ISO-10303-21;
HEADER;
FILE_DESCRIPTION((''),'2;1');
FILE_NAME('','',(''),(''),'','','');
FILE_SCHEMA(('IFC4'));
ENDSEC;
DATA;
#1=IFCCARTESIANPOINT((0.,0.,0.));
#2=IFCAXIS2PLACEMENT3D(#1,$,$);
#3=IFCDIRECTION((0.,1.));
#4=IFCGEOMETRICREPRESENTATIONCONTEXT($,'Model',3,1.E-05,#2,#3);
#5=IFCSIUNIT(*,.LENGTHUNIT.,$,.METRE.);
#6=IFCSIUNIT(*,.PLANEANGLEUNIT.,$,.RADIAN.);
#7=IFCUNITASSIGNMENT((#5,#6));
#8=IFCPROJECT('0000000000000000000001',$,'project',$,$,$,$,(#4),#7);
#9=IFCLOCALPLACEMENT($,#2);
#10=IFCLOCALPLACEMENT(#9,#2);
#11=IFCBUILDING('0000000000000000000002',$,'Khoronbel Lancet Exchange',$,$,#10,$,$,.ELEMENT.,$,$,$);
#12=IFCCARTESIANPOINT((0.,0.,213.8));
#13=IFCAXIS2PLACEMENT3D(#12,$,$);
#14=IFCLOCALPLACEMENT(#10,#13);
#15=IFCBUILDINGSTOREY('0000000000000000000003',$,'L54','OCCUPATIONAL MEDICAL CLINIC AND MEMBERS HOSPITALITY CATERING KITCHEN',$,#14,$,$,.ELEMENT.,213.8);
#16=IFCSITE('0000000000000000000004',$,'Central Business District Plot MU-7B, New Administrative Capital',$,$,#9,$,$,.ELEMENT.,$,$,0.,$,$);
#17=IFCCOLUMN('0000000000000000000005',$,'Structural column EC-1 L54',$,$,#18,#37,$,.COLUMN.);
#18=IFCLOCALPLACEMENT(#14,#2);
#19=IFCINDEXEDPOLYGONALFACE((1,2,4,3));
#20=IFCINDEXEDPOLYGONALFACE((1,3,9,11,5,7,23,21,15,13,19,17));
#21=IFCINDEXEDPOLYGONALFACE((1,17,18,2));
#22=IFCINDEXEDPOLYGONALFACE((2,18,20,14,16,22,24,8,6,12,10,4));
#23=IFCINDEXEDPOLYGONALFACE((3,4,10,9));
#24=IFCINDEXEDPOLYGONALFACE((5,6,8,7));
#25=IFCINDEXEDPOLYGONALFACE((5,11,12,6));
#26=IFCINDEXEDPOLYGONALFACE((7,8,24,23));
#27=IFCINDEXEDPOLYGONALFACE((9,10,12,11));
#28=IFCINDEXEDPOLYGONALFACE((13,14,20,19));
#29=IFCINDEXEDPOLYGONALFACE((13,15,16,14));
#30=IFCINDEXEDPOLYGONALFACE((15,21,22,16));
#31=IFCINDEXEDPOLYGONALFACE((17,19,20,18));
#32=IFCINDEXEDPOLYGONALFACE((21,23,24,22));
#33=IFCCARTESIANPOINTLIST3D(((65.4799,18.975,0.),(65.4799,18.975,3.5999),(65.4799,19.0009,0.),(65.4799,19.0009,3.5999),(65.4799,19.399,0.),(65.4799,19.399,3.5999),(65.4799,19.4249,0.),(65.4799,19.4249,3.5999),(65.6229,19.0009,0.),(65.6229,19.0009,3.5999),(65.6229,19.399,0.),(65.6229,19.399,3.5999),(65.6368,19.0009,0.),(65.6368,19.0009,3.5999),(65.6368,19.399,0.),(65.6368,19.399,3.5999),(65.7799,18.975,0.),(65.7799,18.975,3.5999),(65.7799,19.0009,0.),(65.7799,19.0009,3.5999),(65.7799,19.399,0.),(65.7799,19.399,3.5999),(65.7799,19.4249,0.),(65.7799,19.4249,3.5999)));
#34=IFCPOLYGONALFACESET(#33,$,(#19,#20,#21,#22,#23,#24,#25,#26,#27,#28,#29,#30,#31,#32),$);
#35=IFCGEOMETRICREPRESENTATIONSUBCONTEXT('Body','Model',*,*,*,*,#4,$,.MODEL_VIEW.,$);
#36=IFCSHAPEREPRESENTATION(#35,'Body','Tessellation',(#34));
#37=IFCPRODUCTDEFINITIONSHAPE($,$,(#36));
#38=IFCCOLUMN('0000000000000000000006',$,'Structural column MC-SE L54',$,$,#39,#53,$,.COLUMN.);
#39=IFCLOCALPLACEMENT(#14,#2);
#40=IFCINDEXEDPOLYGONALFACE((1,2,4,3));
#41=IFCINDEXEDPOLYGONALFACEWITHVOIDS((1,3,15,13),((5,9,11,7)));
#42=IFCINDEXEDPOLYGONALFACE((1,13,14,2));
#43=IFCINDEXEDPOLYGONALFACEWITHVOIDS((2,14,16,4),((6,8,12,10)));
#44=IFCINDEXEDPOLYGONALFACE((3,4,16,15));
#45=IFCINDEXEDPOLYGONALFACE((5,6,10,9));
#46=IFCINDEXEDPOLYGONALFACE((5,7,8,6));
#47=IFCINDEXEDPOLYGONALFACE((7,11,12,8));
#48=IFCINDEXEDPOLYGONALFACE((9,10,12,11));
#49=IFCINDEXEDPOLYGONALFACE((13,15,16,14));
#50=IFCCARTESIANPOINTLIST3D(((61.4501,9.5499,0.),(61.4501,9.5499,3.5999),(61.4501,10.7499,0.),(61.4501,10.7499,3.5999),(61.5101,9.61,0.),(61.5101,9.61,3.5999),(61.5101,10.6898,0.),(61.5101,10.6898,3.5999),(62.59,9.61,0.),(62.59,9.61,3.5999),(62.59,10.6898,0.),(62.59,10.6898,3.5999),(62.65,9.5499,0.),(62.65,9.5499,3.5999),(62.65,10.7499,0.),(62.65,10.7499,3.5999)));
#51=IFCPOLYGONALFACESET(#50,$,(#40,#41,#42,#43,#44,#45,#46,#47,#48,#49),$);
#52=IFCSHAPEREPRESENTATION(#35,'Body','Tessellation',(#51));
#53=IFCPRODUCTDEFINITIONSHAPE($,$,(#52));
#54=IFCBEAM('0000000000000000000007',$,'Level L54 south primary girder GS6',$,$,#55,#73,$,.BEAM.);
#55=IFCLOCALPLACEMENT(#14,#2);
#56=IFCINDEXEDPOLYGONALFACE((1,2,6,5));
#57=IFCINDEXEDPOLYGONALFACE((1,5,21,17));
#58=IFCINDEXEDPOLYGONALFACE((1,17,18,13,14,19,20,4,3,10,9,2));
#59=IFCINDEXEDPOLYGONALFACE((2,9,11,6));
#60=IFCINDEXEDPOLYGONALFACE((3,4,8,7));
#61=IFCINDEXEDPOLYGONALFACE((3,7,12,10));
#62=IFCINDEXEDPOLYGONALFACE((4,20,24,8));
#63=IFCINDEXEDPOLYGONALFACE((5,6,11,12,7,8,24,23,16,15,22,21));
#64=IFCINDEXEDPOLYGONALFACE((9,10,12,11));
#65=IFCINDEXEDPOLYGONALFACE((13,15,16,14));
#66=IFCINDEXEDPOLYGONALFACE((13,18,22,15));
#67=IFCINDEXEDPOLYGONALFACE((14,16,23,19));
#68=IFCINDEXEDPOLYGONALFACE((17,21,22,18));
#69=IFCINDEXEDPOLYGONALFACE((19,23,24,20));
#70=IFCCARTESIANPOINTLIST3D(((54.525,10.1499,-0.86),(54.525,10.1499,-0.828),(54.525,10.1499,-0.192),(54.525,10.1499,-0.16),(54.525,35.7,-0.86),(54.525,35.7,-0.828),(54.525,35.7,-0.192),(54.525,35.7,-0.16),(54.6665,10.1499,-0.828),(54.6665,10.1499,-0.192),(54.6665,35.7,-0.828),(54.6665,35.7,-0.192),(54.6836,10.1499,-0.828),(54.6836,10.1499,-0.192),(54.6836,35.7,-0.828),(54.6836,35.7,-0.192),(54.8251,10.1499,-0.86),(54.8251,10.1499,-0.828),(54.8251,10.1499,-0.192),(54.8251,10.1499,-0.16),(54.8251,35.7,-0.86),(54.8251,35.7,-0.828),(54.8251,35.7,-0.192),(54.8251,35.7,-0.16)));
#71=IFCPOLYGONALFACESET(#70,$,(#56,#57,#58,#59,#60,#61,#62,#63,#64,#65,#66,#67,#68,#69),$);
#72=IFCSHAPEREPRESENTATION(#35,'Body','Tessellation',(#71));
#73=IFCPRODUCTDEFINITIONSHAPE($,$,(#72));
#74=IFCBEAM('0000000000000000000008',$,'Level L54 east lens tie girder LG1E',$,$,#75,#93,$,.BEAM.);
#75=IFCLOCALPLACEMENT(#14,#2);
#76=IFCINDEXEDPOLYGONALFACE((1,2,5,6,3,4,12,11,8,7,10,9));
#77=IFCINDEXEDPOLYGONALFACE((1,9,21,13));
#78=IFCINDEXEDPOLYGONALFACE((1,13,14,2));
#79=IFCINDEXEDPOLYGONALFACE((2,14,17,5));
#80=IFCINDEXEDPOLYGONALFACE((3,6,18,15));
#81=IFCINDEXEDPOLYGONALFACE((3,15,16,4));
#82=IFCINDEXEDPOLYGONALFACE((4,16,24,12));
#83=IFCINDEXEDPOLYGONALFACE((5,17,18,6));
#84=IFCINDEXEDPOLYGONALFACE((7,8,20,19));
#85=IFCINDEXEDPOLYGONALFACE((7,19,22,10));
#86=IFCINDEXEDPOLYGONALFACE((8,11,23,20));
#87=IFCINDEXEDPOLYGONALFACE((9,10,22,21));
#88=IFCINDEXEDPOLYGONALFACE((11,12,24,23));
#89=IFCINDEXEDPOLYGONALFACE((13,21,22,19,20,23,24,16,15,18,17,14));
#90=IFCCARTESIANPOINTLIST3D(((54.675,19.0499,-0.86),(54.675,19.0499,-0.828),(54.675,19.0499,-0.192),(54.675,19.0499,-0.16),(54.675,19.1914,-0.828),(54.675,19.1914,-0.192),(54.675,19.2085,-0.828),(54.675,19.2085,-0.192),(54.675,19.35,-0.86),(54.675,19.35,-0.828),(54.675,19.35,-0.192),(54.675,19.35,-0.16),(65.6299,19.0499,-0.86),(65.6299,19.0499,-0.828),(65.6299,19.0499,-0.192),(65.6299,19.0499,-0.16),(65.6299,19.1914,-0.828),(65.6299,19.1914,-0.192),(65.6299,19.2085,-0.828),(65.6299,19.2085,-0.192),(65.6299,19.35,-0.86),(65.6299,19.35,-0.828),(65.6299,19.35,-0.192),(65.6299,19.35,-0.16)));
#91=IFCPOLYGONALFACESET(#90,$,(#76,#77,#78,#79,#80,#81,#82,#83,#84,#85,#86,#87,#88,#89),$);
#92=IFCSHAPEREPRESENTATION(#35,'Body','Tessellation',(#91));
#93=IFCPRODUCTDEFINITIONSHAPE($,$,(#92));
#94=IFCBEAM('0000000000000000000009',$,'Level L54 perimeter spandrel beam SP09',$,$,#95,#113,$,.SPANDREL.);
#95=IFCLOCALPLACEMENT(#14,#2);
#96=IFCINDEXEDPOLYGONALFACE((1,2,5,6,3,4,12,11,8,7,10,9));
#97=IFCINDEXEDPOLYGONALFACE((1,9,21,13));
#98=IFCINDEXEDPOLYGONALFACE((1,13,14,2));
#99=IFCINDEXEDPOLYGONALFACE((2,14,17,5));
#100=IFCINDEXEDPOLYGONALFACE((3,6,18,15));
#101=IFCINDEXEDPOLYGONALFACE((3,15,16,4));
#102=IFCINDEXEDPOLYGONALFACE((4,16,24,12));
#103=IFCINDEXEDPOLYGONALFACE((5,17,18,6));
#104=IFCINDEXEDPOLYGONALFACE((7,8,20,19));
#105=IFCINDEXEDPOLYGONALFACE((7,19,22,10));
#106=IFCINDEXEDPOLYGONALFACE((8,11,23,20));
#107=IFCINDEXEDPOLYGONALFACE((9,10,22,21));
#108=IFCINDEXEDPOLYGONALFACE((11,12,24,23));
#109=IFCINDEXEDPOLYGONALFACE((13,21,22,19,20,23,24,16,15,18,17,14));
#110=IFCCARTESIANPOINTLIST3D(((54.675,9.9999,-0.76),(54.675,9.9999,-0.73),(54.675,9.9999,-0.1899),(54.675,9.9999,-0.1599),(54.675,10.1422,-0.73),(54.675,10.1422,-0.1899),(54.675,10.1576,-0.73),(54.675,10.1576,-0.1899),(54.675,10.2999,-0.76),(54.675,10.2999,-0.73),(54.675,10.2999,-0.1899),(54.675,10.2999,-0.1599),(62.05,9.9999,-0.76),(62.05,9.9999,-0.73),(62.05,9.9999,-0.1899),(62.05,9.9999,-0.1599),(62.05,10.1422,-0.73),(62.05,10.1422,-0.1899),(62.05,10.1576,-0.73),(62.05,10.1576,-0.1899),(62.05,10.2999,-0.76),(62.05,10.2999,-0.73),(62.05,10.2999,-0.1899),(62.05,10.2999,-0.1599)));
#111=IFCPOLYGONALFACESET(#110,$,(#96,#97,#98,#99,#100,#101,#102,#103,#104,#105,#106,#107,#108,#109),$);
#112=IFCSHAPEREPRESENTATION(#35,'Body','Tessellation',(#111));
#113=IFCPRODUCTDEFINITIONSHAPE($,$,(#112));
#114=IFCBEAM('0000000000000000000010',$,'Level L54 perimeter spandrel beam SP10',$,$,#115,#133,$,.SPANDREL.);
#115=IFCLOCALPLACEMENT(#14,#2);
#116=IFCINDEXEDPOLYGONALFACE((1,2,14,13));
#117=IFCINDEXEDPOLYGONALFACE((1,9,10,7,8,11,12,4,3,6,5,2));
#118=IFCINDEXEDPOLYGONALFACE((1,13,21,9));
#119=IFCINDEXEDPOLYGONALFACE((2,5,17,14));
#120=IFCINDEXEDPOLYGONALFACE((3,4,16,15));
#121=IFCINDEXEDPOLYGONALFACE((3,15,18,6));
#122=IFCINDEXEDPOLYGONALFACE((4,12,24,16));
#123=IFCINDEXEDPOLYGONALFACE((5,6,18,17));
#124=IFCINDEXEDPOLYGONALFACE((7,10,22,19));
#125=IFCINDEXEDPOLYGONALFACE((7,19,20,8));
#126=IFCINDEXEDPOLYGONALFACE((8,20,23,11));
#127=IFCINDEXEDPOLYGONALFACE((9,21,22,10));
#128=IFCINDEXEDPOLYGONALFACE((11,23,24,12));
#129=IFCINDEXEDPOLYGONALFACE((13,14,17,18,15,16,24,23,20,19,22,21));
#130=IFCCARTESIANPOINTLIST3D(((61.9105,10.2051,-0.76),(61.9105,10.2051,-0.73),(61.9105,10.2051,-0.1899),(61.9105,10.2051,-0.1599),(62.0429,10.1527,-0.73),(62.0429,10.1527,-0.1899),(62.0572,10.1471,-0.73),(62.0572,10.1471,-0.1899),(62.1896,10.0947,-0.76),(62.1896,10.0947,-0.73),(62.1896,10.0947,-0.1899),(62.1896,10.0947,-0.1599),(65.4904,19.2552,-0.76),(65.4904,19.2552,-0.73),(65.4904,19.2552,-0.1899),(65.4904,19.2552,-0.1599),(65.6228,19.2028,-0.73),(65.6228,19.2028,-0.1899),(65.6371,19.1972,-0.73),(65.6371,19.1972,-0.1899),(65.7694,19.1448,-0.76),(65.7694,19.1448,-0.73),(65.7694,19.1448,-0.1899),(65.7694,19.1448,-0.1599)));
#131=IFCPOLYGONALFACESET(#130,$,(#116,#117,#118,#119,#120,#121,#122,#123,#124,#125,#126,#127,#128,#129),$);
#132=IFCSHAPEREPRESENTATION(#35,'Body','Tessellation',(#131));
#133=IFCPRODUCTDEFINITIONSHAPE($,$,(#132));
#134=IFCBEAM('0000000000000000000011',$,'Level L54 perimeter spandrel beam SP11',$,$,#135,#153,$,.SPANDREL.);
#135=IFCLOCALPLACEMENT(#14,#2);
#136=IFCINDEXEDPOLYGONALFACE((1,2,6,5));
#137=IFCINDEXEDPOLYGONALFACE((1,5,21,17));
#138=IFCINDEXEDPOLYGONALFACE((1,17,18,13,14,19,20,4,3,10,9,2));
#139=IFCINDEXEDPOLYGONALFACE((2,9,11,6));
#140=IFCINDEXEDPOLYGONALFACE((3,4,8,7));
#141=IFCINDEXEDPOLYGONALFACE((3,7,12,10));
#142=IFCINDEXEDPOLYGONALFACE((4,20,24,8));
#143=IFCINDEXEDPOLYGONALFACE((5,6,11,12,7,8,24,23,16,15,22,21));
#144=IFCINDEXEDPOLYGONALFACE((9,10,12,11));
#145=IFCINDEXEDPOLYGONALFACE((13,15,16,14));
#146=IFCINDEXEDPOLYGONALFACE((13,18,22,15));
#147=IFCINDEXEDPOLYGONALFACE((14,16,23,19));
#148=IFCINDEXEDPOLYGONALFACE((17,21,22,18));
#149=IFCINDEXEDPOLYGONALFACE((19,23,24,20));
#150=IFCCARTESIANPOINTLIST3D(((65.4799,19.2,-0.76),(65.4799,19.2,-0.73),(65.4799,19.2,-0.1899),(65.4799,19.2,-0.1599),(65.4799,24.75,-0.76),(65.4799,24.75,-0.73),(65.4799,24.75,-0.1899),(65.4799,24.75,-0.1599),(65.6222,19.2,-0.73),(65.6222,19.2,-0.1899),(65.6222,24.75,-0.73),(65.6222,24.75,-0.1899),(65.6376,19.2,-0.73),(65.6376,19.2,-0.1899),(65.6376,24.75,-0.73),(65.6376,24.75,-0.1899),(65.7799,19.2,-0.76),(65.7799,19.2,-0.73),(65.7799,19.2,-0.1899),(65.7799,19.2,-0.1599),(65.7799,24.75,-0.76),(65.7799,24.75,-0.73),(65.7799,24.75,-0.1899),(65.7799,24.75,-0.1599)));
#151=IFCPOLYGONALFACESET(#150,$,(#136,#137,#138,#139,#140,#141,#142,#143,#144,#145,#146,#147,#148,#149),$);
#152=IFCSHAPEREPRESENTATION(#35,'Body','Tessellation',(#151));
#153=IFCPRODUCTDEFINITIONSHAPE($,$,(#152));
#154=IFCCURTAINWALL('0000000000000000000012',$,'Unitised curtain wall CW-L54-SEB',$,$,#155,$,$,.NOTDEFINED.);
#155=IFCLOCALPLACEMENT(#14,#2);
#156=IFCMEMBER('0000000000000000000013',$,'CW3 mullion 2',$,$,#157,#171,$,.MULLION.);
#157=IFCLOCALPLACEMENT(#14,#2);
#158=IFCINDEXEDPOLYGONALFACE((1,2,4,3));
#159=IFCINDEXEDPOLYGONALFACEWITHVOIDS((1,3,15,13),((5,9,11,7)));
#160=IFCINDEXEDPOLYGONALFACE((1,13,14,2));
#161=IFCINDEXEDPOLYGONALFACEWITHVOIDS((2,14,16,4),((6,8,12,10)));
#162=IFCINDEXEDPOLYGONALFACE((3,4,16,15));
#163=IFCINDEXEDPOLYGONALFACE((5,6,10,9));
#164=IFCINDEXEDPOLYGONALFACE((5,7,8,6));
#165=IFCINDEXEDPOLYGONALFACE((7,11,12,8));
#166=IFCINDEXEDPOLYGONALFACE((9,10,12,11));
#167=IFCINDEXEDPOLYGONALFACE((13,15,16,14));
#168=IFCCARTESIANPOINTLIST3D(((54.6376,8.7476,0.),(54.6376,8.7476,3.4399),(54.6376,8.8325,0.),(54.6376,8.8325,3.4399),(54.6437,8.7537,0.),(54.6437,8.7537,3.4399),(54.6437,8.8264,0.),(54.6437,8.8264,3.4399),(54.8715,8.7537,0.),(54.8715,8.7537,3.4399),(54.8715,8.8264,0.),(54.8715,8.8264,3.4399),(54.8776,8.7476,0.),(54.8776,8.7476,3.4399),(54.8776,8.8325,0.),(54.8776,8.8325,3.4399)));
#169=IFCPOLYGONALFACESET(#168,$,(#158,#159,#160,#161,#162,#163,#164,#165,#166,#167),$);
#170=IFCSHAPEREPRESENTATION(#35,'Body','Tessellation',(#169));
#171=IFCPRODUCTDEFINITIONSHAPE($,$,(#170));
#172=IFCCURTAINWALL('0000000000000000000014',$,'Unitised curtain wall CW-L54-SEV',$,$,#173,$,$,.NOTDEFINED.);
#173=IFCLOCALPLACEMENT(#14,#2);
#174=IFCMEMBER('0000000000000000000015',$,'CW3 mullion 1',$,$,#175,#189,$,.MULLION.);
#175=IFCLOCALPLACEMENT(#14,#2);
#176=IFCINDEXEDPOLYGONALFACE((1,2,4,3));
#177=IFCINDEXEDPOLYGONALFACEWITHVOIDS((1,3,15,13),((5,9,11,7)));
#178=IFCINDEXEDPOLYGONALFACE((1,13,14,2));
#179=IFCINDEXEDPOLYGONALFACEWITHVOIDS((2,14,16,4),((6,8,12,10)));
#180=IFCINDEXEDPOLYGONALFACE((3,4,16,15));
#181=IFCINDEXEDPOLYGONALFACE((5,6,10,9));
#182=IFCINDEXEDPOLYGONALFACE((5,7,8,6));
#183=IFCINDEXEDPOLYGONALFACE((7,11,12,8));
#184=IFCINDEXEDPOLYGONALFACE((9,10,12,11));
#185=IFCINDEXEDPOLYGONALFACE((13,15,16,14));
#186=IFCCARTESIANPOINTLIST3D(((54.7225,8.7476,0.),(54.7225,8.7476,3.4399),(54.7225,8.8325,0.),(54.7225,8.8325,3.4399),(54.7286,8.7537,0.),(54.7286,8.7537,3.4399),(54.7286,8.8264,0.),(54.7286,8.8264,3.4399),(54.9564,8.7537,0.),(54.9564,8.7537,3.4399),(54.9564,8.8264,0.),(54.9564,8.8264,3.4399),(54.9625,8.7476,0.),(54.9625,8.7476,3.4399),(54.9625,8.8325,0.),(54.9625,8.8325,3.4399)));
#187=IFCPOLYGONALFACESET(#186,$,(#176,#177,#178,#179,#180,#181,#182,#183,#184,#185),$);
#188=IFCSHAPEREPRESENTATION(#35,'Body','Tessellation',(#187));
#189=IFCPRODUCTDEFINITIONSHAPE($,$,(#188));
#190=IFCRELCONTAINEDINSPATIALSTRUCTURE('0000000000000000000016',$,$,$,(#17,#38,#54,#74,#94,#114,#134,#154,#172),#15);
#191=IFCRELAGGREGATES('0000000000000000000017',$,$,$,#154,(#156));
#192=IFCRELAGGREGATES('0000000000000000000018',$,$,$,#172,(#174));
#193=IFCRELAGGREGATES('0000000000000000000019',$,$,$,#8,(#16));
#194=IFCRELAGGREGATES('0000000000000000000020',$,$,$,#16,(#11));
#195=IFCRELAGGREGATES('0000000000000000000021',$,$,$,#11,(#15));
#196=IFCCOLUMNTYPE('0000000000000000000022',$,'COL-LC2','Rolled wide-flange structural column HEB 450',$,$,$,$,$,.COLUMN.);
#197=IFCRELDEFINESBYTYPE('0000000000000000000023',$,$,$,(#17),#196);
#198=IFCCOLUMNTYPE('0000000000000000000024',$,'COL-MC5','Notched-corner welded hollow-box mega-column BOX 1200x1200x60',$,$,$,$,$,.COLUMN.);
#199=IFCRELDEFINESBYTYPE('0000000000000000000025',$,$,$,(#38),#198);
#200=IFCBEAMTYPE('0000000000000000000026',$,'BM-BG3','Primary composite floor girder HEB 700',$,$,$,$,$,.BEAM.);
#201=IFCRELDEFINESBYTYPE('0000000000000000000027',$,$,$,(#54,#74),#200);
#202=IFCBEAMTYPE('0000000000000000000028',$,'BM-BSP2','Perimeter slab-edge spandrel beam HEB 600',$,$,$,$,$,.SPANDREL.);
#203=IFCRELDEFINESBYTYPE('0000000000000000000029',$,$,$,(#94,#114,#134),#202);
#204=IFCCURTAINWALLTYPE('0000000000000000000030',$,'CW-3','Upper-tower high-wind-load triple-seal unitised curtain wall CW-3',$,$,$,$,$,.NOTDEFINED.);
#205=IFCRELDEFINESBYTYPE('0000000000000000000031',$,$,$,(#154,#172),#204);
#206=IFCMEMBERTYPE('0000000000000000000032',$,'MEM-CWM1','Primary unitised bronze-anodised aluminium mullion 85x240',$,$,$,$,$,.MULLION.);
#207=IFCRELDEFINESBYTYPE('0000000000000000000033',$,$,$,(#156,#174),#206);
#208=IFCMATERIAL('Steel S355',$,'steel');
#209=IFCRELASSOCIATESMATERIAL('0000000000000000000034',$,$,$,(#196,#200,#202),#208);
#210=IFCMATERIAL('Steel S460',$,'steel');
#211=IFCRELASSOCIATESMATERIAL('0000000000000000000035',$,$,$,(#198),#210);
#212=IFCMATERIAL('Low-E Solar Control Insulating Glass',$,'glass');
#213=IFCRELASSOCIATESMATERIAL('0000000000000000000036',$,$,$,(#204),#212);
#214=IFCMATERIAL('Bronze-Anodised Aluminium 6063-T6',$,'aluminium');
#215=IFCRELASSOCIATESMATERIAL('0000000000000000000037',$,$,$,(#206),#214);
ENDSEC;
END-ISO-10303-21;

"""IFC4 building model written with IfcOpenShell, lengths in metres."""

from ifc_helpers import new_model, si_unit, direction, frame, origin, origin_2d, place, context, subcontext, project, spatial, hollow_rectangle, i_section, extrude, material, material_profile, profile_set, type_object, element, aggregate, save


model = new_model("IFC4")

# Units and contexts
model_context = context("Model", 3, precision=1e-05, world=origin(), true_north=direction((0.0, 1.0)))
body_context = subcontext(model_context, "Body", "Model", "MODEL_VIEW")
ifc_project = project(units=[si_unit("LENGTHUNIT", "METRE"), si_unit("PLANEANGLEUNIT", "RADIAN")], contexts=[model_context])

# Site, building, storey
site_placement = place(None, origin())
site = spatial("IfcSite", under=ifc_project, at=site_placement, Name="Central Business District Plot MU-7B, New Administrative Capital", CompositionType="ELEMENT", RefElevation=0.0)
building_placement = place(site_placement, origin())
building = spatial("IfcBuilding", under=site, at=building_placement, Name="Khoronbel Lancet Exchange", CompositionType="ELEMENT")
storey_placement = place(building_placement, frame((0.0, 0.0, 213.8)))
storey = spatial("IfcBuildingStorey", under=building, at=storey_placement, Name="L54", Description="OCCUPATIONAL MEDICAL CLINIC AND MEMBERS HOSPITALITY CATERING KITCHEN", CompositionType="ELEMENT", Elevation=213.8)

# Columns
ifc_material_1 = material(Name="Steel S355", Category="steel")
ifc_material_profile_1 = material_profile(ifc_material_1, i_section(OverallWidth=0.3, OverallDepth=0.45, WebThickness=0.0139, FlangeThickness=0.0259, at=origin_2d()), Name="HEB 450")
ifc_profile_set_1 = profile_set([ifc_material_profile_1], Name="Steel S355")
column_type_1 = type_object("IfcColumnType", Name="COL-LC2", Description="Rolled wide-flange structural column HEB 450", PredefinedType="COLUMN", material=ifc_profile_set_1)
column_1_placement = place(storey_placement, frame((65.6299, 19.2, 0.0), z_axis=(0.0, 0.0, 1.0), x_axis=(1.0, 0.0, 0.0)))
element("IfcColumn", 1, at=column_1_placement, inside=storey, type_object=column_type_1, Name="Structural column EC-1 L54", PredefinedType="COLUMN", context=body_context, shape_type="SweptSolid", body=[
    extrude(i_section(OverallWidth=0.3, OverallDepth=0.45, WebThickness=0.0139, FlangeThickness=0.0259, at=origin_2d()), origin(), (0.0, 0.0, 1.0), 3.5999),
])
ifc_material_2 = material(Name="Steel S460", Category="steel")
ifc_material_profile_2 = material_profile(ifc_material_2, hollow_rectangle(XDim=1.2, YDim=1.2, WallThickness=0.0601, at=origin_2d()), Name="BOX 1200x1200x60")
ifc_profile_set_2 = profile_set([ifc_material_profile_2], Name="Steel S460")
column_type_2 = type_object("IfcColumnType", Name="COL-MC5", Description="Notched-corner welded hollow-box mega-column BOX 1200x1200x60", PredefinedType="COLUMN", material=ifc_profile_set_2)
column_2_placement = place(storey_placement, frame((62.05, 10.1499, 0.0), z_axis=(0.0, 0.0, 1.0), x_axis=(1.0, 0.0, 0.0)))
element("IfcColumn", 2, at=column_2_placement, inside=storey, type_object=column_type_2, Name="Structural column MC-SE L54", PredefinedType="COLUMN", context=body_context, shape_type="SweptSolid", body=[
    extrude(hollow_rectangle(XDim=1.2, YDim=1.2, WallThickness=0.0601, at=origin_2d()), origin(), (0.0, 0.0, 1.0), 3.5999),
])

# Beams
ifc_material_profile_3 = material_profile(ifc_material_1, i_section(OverallWidth=0.3, OverallDepth=0.7, WebThickness=0.0171, FlangeThickness=0.032, at=origin_2d()), Name="HEB 700")
ifc_profile_set_3 = profile_set([ifc_material_profile_3], Name="Steel S355")
beam_type_1 = type_object("IfcBeamType", Name="BM-BG3", Description="Primary composite floor girder HEB 700", PredefinedType="BEAM", material=ifc_profile_set_3)
beam_1_placement = place(storey_placement, frame((54.675, 10.1499, -0.51), z_axis=(0.0, 1.0, 0.0), x_axis=(-1.0, 0.0, 0.0)))
element("IfcBeam", 3, at=beam_1_placement, inside=storey, type_object=beam_type_1, Name="Level L54 south primary girder GS6", PredefinedType="BEAM", context=body_context, shape_type="SweptSolid", body=[
    extrude(i_section(OverallWidth=0.3, OverallDepth=0.7, WebThickness=0.0171, FlangeThickness=0.032, at=origin_2d()), origin(), (0.0, 0.0, 1.0), 25.55),
])
beam_2_placement = place(storey_placement, frame((54.675, 19.2, -0.51), z_axis=(1.0, 0.0, 0.0), x_axis=(0.0, 1.0, 0.0)))
element("IfcBeam", 4, at=beam_2_placement, inside=storey, type_object=beam_type_1, Name="Level L54 east lens tie girder LG1E", PredefinedType="BEAM", context=body_context, shape_type="SweptSolid", body=[
    extrude(i_section(OverallWidth=0.3, OverallDepth=0.7, WebThickness=0.0171, FlangeThickness=0.032, at=origin_2d()), origin(), (0.0, 0.0, 1.0), 10.9548),
])
ifc_material_profile_4 = material_profile(ifc_material_1, i_section(OverallWidth=0.3, OverallDepth=0.6001, WebThickness=0.0154, FlangeThickness=0.03, at=origin_2d()), Name="HEB 600")
ifc_profile_set_4 = profile_set([ifc_material_profile_4], Name="Steel S355")
beam_type_2 = type_object("IfcBeamType", Name="BM-BSP2", Description="Perimeter slab-edge spandrel beam HEB 600", PredefinedType="SPANDREL", material=ifc_profile_set_4)
beam_3_placement = place(storey_placement, frame((54.675, 10.1499, -0.46), z_axis=(1.0, 0.0, 0.0), x_axis=(0.0, 1.0, 0.0)))
element("IfcBeam", 5, at=beam_3_placement, inside=storey, type_object=beam_type_2, Name="Level L54 perimeter spandrel beam SP09", PredefinedType="SPANDREL", context=body_context, shape_type="SweptSolid", body=[
    extrude(i_section(OverallWidth=0.3, OverallDepth=0.6001, WebThickness=0.0154, FlangeThickness=0.03, at=origin_2d()), origin(), (0.0, 0.0, 1.0), 7.375),
])
beam_4_placement = place(storey_placement, frame((62.05, 10.1499, -0.46), z_axis=(0.367828, 0.929894, 0.0), x_axis=(-0.929894, 0.367828, 0.0)))
element("IfcBeam", 6, at=beam_4_placement, inside=storey, type_object=beam_type_2, Name="Level L54 perimeter spandrel beam SP10", PredefinedType="SPANDREL", context=body_context, shape_type="SweptSolid", body=[
    extrude(i_section(OverallWidth=0.3, OverallDepth=0.6001, WebThickness=0.0154, FlangeThickness=0.03, at=origin_2d()), origin(), (0.0, 0.0, 1.0), 9.7324),
])
beam_5_placement = place(storey_placement, frame((65.6299, 19.2, -0.46), z_axis=(0.0, 1.0, 0.0), x_axis=(-1.0, 0.0, 0.0)))
element("IfcBeam", 7, at=beam_5_placement, inside=storey, type_object=beam_type_2, Name="Level L54 perimeter spandrel beam SP11", PredefinedType="SPANDREL", context=body_context, shape_type="SweptSolid", body=[
    extrude(i_section(OverallWidth=0.3, OverallDepth=0.6001, WebThickness=0.0154, FlangeThickness=0.03, at=origin_2d()), origin(), (0.0, 0.0, 1.0), 5.55),
])

# Curtain wall, member
ifc_material_3 = material(Name="Low-E Solar Control Insulating Glass", Category="glass")
curtain_wall_type_1 = type_object("IfcCurtainWallType", Name="CW-3", Description="Upper-tower high-wind-load triple-seal unitised curtain wall CW-3", PredefinedType="NOTDEFINED", material=ifc_material_3)
curtain_wall_1_placement = place(storey_placement, origin())
curtain_wall_1 = element("IfcCurtainWall", 8, at=curtain_wall_1_placement, inside=storey, type_object=curtain_wall_type_1, Name="Unitised curtain wall CW-L54-SEB", PredefinedType="NOTDEFINED")
ifc_material_4 = material(Name="Bronze-Anodised Aluminium 6063-T6", Category="aluminium")
ifc_material_profile_5 = material_profile(ifc_material_4, hollow_rectangle(XDim=0.085, YDim=0.24, WallThickness=0.0061, at=origin_2d()), Name="ALU MULLION 85x240")
ifc_profile_set_5 = profile_set([ifc_material_profile_5], Name="Bronze-Anodised Aluminium 6063-T6")
member_type_1 = type_object("IfcMemberType", Name="MEM-CWM1", Description="Primary unitised bronze-anodised aluminium mullion 85x240", PredefinedType="MULLION", material=ifc_profile_set_5)
member_1_placement = place(storey_placement, frame((54.7576, 8.79, 0.0), z_axis=(0.0, 0.0, 1.0), x_axis=(0.0, 1.0, 0.0)))
member_1 = element("IfcMember", 9, at=member_1_placement, type_object=member_type_1, Name="CW3 mullion 2", PredefinedType="MULLION", context=body_context, shape_type="SweptSolid", body=[
    extrude(hollow_rectangle(XDim=0.085, YDim=0.24, WallThickness=0.0061, at=origin_2d()), origin(), (0.0, 0.0, 1.0), 3.4399),
])
aggregate(curtain_wall_1, [member_1])

# Curtain wall, member
curtain_wall_2_placement = place(storey_placement, origin())
curtain_wall_2 = element("IfcCurtainWall", 10, at=curtain_wall_2_placement, inside=storey, type_object=curtain_wall_type_1, Name="Unitised curtain wall CW-L54-SEV", PredefinedType="NOTDEFINED")
member_2_placement = place(storey_placement, frame((54.8425, 8.79, 0.0), z_axis=(0.0, 0.0, 1.0), x_axis=(0.0, 1.0, 0.0)))
member_2 = element("IfcMember", 11, at=member_2_placement, type_object=member_type_1, Name="CW3 mullion 1", PredefinedType="MULLION", context=body_context, shape_type="SweptSolid", body=[
    extrude(hollow_rectangle(XDim=0.085, YDim=0.24, WallThickness=0.0061, at=origin_2d()), origin(), (0.0, 0.0, 1.0), 3.4399),
])

aggregate(curtain_wall_2, [member_2])

save(model, "model.ifc")
